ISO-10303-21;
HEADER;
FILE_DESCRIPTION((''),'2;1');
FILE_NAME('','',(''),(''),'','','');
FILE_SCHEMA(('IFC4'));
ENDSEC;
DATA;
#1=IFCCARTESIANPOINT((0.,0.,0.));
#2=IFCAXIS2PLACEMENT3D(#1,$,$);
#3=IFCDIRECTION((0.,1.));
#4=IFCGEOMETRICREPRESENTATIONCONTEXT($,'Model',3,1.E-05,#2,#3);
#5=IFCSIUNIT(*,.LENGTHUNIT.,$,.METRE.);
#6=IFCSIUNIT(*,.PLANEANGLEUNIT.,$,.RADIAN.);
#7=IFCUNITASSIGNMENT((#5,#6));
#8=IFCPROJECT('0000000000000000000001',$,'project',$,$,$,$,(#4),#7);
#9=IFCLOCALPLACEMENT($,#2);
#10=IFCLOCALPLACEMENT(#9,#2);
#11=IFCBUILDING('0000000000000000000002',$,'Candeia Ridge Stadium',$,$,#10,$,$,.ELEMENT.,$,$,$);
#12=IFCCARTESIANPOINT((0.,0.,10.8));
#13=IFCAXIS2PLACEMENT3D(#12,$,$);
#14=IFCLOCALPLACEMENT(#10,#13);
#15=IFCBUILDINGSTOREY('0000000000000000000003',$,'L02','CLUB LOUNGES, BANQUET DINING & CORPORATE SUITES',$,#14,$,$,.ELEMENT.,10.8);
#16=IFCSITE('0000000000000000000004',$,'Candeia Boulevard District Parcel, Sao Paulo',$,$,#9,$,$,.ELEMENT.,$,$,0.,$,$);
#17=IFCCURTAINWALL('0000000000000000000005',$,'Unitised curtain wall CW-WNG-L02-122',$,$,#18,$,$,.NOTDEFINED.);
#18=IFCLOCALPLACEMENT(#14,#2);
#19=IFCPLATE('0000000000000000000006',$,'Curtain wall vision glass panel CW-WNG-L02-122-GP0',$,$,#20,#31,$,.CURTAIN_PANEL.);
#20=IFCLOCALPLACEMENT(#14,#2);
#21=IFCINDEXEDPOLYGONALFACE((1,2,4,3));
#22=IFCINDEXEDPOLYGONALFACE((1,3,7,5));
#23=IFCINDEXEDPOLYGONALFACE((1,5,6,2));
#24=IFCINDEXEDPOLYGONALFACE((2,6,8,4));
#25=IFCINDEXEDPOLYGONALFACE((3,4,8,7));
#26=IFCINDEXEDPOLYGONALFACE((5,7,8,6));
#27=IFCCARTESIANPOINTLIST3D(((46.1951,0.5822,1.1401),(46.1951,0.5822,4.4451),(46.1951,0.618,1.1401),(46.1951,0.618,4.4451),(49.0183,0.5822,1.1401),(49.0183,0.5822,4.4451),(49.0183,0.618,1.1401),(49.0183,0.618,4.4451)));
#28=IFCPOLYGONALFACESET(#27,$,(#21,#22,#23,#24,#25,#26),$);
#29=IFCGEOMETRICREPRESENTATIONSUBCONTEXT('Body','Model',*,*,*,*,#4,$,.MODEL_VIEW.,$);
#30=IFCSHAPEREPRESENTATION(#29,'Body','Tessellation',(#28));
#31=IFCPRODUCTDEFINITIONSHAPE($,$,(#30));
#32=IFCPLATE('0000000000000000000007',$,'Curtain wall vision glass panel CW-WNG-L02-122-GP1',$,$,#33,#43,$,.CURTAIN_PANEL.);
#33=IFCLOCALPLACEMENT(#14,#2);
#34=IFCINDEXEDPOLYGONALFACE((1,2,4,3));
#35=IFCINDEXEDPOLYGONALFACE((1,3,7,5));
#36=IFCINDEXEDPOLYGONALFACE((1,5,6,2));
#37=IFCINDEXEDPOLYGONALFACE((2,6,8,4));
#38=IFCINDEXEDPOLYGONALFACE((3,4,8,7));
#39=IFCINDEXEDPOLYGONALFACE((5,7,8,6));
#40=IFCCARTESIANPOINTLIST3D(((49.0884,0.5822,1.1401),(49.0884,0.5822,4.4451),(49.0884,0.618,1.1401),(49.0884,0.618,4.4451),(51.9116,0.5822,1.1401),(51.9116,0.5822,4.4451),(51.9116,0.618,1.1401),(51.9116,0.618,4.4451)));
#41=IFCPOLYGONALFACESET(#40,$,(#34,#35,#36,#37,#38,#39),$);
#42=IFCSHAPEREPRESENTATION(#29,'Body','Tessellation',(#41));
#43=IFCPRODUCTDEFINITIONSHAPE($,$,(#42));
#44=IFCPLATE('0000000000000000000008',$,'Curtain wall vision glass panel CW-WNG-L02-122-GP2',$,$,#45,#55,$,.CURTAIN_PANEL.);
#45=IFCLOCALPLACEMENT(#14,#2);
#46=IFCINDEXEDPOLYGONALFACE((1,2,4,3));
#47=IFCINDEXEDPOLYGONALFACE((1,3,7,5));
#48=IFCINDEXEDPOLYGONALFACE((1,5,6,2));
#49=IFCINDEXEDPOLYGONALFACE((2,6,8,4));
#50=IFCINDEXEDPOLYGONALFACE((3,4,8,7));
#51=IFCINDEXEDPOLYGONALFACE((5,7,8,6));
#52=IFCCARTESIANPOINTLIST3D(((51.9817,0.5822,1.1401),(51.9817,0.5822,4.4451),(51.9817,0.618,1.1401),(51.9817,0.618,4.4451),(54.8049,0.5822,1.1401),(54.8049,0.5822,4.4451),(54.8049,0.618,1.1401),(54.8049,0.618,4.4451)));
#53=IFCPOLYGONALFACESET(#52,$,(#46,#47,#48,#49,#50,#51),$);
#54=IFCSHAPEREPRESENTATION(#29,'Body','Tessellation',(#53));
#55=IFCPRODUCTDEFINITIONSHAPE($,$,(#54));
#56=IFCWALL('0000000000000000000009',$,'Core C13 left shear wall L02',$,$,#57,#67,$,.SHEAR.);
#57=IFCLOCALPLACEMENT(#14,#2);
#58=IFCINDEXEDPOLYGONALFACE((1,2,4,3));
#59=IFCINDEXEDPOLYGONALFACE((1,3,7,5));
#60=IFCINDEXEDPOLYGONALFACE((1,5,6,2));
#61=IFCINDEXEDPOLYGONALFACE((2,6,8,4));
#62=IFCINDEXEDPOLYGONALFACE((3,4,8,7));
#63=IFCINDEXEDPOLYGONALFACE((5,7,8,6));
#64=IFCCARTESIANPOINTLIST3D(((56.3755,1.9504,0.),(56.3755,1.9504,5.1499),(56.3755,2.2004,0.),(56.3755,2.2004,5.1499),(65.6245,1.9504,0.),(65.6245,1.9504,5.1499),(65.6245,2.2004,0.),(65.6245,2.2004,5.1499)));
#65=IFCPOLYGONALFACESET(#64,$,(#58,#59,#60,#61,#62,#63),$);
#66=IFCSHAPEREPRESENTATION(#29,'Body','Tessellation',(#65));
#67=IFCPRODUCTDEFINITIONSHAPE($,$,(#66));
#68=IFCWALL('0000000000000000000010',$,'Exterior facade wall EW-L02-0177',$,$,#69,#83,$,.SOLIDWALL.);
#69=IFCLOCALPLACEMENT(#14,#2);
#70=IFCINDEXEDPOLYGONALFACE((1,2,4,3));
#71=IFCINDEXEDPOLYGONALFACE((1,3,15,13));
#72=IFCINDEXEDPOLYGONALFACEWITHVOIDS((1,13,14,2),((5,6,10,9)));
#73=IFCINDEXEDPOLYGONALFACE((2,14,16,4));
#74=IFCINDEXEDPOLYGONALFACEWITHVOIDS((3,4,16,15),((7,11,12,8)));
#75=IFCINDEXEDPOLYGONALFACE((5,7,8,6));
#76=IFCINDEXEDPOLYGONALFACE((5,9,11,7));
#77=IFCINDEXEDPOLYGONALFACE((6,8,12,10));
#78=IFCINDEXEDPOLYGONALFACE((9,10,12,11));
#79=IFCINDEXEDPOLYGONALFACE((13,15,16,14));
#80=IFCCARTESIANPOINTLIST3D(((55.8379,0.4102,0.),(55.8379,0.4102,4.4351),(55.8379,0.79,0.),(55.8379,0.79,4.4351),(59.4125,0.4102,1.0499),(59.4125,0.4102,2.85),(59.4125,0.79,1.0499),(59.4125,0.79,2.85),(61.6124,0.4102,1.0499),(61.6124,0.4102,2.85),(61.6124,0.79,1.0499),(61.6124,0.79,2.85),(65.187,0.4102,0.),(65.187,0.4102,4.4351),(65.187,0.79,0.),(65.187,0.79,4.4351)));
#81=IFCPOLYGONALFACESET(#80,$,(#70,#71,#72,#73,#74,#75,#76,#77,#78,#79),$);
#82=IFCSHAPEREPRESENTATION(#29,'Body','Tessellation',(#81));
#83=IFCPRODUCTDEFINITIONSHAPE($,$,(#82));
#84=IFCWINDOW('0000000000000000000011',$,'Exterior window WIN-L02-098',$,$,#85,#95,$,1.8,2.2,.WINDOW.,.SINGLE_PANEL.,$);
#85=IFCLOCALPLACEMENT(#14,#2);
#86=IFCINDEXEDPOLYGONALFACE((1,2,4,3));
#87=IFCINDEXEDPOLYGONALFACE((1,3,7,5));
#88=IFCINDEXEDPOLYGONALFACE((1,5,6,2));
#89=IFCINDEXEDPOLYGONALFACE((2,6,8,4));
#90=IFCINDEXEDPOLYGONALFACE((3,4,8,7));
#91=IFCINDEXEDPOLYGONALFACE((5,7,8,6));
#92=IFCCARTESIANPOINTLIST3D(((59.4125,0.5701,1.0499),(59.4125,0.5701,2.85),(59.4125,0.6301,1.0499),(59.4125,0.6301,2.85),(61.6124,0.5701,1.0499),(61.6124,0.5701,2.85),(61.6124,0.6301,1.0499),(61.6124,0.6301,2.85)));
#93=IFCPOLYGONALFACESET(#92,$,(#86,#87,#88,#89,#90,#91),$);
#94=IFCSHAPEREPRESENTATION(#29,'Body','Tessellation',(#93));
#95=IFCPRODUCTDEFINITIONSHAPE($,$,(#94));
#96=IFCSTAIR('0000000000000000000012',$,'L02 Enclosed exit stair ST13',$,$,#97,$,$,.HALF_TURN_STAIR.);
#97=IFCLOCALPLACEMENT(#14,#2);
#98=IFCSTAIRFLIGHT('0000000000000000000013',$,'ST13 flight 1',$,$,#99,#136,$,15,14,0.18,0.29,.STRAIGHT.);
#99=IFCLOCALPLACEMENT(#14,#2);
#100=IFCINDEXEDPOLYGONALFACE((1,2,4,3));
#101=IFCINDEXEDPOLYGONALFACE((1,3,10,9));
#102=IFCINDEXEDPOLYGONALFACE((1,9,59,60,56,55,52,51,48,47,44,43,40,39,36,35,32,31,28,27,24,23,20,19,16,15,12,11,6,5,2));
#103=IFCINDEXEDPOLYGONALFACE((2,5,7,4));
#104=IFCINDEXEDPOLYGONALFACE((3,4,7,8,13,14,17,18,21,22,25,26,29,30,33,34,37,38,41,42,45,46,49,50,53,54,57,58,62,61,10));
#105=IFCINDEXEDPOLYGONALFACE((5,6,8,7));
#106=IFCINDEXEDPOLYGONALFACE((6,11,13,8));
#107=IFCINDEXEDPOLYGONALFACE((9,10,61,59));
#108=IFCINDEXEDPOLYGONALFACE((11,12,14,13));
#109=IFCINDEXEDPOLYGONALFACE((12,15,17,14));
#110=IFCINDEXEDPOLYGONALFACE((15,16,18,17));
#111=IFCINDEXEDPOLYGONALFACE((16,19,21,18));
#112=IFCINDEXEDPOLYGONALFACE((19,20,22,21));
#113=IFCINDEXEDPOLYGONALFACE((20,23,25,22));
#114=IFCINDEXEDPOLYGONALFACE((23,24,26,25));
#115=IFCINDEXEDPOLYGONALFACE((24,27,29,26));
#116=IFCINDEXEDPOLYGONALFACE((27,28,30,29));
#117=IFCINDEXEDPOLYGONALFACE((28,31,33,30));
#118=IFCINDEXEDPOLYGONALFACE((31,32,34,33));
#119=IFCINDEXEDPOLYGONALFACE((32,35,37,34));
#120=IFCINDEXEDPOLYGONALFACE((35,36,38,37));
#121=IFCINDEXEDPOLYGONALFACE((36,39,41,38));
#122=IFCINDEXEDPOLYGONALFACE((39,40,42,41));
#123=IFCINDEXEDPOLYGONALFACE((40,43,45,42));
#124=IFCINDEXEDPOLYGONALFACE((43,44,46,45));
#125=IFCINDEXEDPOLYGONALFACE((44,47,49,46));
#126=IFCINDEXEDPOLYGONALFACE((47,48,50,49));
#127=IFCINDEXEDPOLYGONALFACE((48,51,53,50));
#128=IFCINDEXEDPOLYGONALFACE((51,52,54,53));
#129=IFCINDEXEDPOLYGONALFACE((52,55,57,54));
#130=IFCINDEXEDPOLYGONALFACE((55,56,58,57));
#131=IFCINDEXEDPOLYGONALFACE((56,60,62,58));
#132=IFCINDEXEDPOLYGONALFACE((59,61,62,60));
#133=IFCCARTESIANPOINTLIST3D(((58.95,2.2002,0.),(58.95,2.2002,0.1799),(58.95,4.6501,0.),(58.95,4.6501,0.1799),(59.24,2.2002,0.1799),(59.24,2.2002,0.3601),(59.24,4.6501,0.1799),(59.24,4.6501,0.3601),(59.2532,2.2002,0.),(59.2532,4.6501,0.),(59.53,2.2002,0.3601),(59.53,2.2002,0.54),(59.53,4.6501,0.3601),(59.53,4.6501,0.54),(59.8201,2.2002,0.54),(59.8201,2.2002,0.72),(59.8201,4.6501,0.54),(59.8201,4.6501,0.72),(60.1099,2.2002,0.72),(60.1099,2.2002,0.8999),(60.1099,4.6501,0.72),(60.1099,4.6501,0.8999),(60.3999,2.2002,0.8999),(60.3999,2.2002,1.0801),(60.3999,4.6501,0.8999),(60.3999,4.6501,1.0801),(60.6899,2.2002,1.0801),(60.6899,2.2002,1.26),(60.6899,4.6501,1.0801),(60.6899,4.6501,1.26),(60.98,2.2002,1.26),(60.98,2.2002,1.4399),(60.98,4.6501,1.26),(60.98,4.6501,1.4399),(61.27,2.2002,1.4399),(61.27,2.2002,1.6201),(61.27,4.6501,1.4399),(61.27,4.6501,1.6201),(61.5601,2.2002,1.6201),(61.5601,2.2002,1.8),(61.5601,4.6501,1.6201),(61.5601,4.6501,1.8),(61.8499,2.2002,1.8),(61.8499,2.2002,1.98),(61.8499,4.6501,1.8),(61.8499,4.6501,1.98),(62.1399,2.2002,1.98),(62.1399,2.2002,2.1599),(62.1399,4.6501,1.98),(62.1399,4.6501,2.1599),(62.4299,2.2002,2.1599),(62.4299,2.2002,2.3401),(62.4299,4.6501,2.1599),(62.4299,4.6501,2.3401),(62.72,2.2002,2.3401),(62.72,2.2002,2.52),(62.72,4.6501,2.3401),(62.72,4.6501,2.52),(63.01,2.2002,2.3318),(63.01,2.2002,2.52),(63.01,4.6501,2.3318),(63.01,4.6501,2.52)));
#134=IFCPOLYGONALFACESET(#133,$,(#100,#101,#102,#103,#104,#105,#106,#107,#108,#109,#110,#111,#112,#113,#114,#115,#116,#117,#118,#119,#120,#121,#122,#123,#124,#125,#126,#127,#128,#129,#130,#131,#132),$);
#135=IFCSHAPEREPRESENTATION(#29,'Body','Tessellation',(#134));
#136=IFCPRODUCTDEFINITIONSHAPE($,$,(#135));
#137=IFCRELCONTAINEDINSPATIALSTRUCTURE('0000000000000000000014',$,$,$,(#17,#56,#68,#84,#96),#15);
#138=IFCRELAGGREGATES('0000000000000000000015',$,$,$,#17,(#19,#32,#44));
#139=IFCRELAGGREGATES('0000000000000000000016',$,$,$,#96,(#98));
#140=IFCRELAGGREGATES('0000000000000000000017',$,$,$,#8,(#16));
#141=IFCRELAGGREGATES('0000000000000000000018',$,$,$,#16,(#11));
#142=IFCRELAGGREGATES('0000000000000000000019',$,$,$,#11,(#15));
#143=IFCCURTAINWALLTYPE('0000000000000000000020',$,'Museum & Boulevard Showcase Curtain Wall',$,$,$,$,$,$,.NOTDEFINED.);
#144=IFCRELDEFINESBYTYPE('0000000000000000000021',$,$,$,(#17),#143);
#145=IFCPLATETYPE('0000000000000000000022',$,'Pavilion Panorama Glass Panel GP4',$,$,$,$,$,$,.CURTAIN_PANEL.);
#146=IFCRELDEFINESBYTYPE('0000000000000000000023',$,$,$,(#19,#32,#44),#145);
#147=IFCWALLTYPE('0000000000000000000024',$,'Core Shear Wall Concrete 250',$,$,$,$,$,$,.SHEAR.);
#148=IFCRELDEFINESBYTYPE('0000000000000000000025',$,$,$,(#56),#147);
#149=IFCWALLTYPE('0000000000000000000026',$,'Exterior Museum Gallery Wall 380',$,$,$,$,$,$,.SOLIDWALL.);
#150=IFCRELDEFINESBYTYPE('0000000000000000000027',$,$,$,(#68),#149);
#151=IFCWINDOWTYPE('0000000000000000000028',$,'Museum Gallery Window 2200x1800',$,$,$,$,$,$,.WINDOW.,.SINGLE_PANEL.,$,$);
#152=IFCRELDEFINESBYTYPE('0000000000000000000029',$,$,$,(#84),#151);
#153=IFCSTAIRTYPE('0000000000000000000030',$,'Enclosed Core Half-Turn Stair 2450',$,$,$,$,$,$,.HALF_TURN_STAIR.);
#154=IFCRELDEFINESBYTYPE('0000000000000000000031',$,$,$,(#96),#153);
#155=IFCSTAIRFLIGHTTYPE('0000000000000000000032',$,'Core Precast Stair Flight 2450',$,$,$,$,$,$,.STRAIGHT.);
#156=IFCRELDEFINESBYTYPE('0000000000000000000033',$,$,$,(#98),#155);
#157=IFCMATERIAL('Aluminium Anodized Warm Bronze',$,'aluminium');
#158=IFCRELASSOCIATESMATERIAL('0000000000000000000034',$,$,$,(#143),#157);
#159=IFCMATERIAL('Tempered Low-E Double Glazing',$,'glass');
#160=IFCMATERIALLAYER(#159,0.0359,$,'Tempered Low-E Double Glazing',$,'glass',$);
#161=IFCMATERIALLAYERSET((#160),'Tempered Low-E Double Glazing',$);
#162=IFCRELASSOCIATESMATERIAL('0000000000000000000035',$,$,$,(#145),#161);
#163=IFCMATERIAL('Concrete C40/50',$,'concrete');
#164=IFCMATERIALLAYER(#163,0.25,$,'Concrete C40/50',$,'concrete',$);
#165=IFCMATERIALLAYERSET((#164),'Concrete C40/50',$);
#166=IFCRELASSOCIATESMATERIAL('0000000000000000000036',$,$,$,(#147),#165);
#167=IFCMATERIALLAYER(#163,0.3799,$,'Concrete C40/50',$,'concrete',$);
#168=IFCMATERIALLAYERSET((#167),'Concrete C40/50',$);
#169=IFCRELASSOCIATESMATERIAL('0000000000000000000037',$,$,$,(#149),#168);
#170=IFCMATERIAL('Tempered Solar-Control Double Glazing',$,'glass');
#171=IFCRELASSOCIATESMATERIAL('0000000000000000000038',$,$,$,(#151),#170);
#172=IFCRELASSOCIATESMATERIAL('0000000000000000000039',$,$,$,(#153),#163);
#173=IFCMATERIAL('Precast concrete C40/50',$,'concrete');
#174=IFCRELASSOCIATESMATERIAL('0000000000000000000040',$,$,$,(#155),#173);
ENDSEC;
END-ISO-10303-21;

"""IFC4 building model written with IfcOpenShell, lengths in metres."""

from ifc_helpers import new_model, si_unit, direction, frame, frame_2d, origin, origin_2d, place, context, subcontext, project, spatial, polyline, rectangle, outline, extrude, material, layer, layer_set, type_object, element, fill, aggregate, save


model = new_model("IFC4")

# Units and contexts
model_context = context("Model", 3, precision=1e-05, world=origin(), true_north=direction((0.0, 1.0)))
body_context = subcontext(model_context, "Body", "Model", "MODEL_VIEW")
ifc_project = project(units=[si_unit("LENGTHUNIT", "METRE"), si_unit("PLANEANGLEUNIT", "RADIAN")], contexts=[model_context])

# Site, building, storey
site_placement = place(None, origin())
site = spatial("IfcSite", under=ifc_project, at=site_placement, Name="Candeia Boulevard District Parcel, Sao Paulo", CompositionType="ELEMENT", RefElevation=0.0)
building_placement = place(site_placement, origin())
building = spatial("IfcBuilding", under=site, at=building_placement, Name="Candeia Ridge Stadium", CompositionType="ELEMENT")
storey_placement = place(building_placement, frame((0.0, 0.0, 10.8)))
storey = spatial("IfcBuildingStorey", under=building, at=storey_placement, Name="L02", Description="CLUB LOUNGES, BANQUET DINING & CORPORATE SUITES", CompositionType="ELEMENT", Elevation=10.8)

# Shared definitions
ifc_material_1 = material(Name="Concrete C40/50", Category="concrete")

# Curtain wall
ifc_material_2 = material(Name="Aluminium Anodized Warm Bronze", Category="aluminium")
curtain_wall_type = type_object("IfcCurtainWallType", Name="Museum & Boulevard Showcase Curtain Wall", PredefinedType="NOTDEFINED", material=ifc_material_2)
curtain_wall_placement = place(storey_placement, origin())
curtain_wall = element("IfcCurtainWall", 1, at=curtain_wall_placement, inside=storey, type_object=curtain_wall_type, Name="Unitised curtain wall CW-WNG-L02-122", PredefinedType="NOTDEFINED")

# Plates
ifc_material_3 = material(Name="Tempered Low-E Double Glazing", Category="glass")
ifc_layer_1 = layer(ifc_material_3, 0.0359, Name="Tempered Low-E Double Glazing", Category="glass")
ifc_layer_set_1 = layer_set([ifc_layer_1], Name="Tempered Low-E Double Glazing")
plate_type_1 = type_object("IfcPlateType", Name="Pavilion Panorama Glass Panel GP4", PredefinedType="CURTAIN_PANEL", material=ifc_layer_set_1)
plate_1_placement = place(storey_placement, frame((47.6067, 0.6001, 1.1401), z_axis=(0.0, 0.0, 1.0), x_axis=(1.0, 0.0, 0.0)))
plate_1 = element("IfcPlate", 2, at=plate_1_placement, type_object=plate_type_1, Name="Curtain wall vision glass panel CW-WNG-L02-122-GP0", PredefinedType="CURTAIN_PANEL", context=body_context, shape_type="SweptSolid", body=[
    extrude(rectangle(XDim=2.8232, YDim=0.0359, at=origin_2d()), origin(), (0.0, 0.0, 1.0), 3.3049),
])
plate_2_placement = place(storey_placement, frame((50.5, 0.6001, 1.1401), z_axis=(0.0, 0.0, 1.0), x_axis=(1.0, 0.0, 0.0)))
plate_2 = element("IfcPlate", 3, at=plate_2_placement, type_object=plate_type_1, Name="Curtain wall vision glass panel CW-WNG-L02-122-GP1", PredefinedType="CURTAIN_PANEL", context=body_context, shape_type="SweptSolid", body=[
    extrude(rectangle(XDim=2.8232, YDim=0.0359, at=origin_2d()), origin(), (0.0, 0.0, 1.0), 3.3049),
])
plate_3_placement = place(storey_placement, frame((53.3933, 0.6001, 1.1401), z_axis=(0.0, 0.0, 1.0), x_axis=(1.0, 0.0, 0.0)))
plate_3 = element("IfcPlate", 4, at=plate_3_placement, type_object=plate_type_1, Name="Curtain wall vision glass panel CW-WNG-L02-122-GP2", PredefinedType="CURTAIN_PANEL", context=body_context, shape_type="SweptSolid", body=[
    extrude(rectangle(XDim=2.8232, YDim=0.0359, at=origin_2d()), origin(), (0.0, 0.0, 1.0), 3.3049),
])
aggregate(curtain_wall, [plate_1, plate_2, plate_3])

# Wall
ifc_layer_2 = layer(ifc_material_1, 0.25, Name="Concrete C40/50", Category="concrete")
ifc_layer_set_2 = layer_set([ifc_layer_2], Name="Concrete C40/50")
wall_type_1 = type_object("IfcWallType", Name="Core Shear Wall Concrete 250", PredefinedType="SHEAR", material=ifc_layer_set_2)
wall_1_placement = place(storey_placement, frame((56.3755, 2.0754, 0.0), z_axis=(0.0, 0.0, 1.0), x_axis=(1.0, 0.0, 0.0)))
element("IfcWall", 5, at=wall_1_placement, inside=storey, type_object=wall_type_1, Name="Core C13 left shear wall L02", PredefinedType="SHEAR", context=body_context, shape_type="SweptSolid", body=[
    extrude(rectangle(XDim=9.249, YDim=0.25, at=frame_2d((4.6245, 0.0))), origin(), (0.0, 0.0, 1.0), 5.1499),
])

# Wall, opening, window
ifc_layer_3 = layer(ifc_material_1, 0.3799, Name="Concrete C40/50", Category="concrete")
ifc_layer_set_3 = layer_set([ifc_layer_3], Name="Concrete C40/50")
wall_type_2 = type_object("IfcWallType", Name="Exterior Museum Gallery Wall 380", PredefinedType="SOLIDWALL", material=ifc_layer_set_3)
wall_2_placement = place(storey_placement, frame((55.8379, 0.6001, 0.0), z_axis=(0.0, 0.0, 1.0), x_axis=(1.0, 0.0, 0.0)))
wall_2 = element("IfcWall", 6, at=wall_2_placement, inside=storey, type_object=wall_type_2, Name="Exterior facade wall EW-L02-0177", PredefinedType="SOLIDWALL", context=body_context, shape_type="SweptSolid", body=[
    extrude(rectangle(XDim=9.3491, YDim=0.3799, at=frame_2d((4.6746, 0.0))), origin(), (0.0, 0.0, 1.0), 4.4351),
])
opening_placement = place(wall_2_placement, frame((3.5745, 0.0, 1.05)))
opening = element("IfcOpeningElement", 7, at=opening_placement, cuts=wall_2, PredefinedType="OPENING", context=body_context, shape_type="SweptSolid", body=[
    extrude(rectangle(XDim=2.2, YDim=1.8, at=frame_2d((1.1001, 0.8999))), frame((0.0, 0.2, 0.0), z_axis=(0.0, -1.0, 0.0), x_axis=(1.0, 0.0, 0.0)), (0.0, 0.0, 1.0), 0.3999),
])
ifc_material_4 = material(Name="Tempered Solar-Control Double Glazing", Category="glass")
window_type = type_object("IfcWindowType", Name="Museum Gallery Window 2200x1800", PartitioningType="SINGLE_PANEL", PredefinedType="WINDOW", material=ifc_material_4)
window_placement = place(opening_placement, origin())
window = element("IfcWindow", 8, at=window_placement, inside=storey, type_object=window_type, Name="Exterior window WIN-L02-098", OverallHeight=1.8, OverallWidth=2.2, PartitioningType="SINGLE_PANEL", PredefinedType="WINDOW", context=body_context, shape_type="SweptSolid", body=[
    extrude(rectangle(XDim=2.2, YDim=1.8, at=frame_2d((1.1001, 0.8999))), frame((0.0, 0.03, 0.0), z_axis=(0.0, -1.0, 0.0), x_axis=(1.0, 0.0, 0.0)), (0.0, 0.0, 1.0), 0.0601),
])
fill(opening, window)

# Stair, stair flight
stair_type = type_object("IfcStairType", Name="Enclosed Core Half-Turn Stair 2450", PredefinedType="HALF_TURN_STAIR", material=ifc_material_1)
stair_placement = place(storey_placement, origin())
stair = element("IfcStair", 9, at=stair_placement, inside=storey, type_object=stair_type, Name="L02 Enclosed exit stair ST13", PredefinedType="HALF_TURN_STAIR")
ifc_material_5 = material(Name="Precast concrete C40/50", Category="concrete")
stair_flight_type = type_object("IfcStairFlightType", Name="Core Precast Stair Flight 2450", PredefinedType="STRAIGHT", material=ifc_material_5)
stair_flight_placement = place(storey_placement, frame((58.95, 3.425, 0.0), z_axis=(0.0, 0.0, 1.0), x_axis=(1.0, 0.0, 0.0)))
stair_flight = element("IfcStairFlight", 10, at=stair_flight_placement, type_object=stair_flight_type, Name="ST13 flight 1", NumberOfRisers=15, NumberOfTreads=14, PredefinedType="STRAIGHT", RiserHeight=0.18, TreadLength=0.29, context=body_context, shape_type="SweptSolid", body=[
    extrude(outline(polyline([(0.0, 0.0), (0.0, 0.1799), (0.29, 0.1799), (0.29, 0.3601), (0.5801, 0.3601), (0.5801, 0.54), (0.8701, 0.54), (0.8701, 0.72), (1.1599, 0.72), (1.1599, 0.8999), (1.45, 0.8999), (1.45, 1.0801), (1.74, 1.0801), (1.74, 1.26), (2.03, 1.26), (2.03, 1.4399), (2.3201, 1.4399), (2.3201, 1.6201), (2.6101, 1.6201), (2.6101, 1.8), (2.8999, 1.8), (2.8999, 1.98), (3.1899, 1.98), (3.1899, 2.1599), (3.48, 2.1599), (3.48, 2.3401), (3.77, 2.3401), (3.77, 2.52), (4.0601, 2.52), (4.0601, 2.7), (4.0601, 2.3318), (0.3032, 0.0), (0.0, 0.0)])), frame((0.0, 1.2251, 0.0), z_axis=(0.0, -1.0, 0.0), x_axis=(1.0, 0.0, 0.0)), (0.0, 0.0, 1.0), 2.45),
])
aggregate(stair, [stair_flight])

save(model, "model.ifc")
